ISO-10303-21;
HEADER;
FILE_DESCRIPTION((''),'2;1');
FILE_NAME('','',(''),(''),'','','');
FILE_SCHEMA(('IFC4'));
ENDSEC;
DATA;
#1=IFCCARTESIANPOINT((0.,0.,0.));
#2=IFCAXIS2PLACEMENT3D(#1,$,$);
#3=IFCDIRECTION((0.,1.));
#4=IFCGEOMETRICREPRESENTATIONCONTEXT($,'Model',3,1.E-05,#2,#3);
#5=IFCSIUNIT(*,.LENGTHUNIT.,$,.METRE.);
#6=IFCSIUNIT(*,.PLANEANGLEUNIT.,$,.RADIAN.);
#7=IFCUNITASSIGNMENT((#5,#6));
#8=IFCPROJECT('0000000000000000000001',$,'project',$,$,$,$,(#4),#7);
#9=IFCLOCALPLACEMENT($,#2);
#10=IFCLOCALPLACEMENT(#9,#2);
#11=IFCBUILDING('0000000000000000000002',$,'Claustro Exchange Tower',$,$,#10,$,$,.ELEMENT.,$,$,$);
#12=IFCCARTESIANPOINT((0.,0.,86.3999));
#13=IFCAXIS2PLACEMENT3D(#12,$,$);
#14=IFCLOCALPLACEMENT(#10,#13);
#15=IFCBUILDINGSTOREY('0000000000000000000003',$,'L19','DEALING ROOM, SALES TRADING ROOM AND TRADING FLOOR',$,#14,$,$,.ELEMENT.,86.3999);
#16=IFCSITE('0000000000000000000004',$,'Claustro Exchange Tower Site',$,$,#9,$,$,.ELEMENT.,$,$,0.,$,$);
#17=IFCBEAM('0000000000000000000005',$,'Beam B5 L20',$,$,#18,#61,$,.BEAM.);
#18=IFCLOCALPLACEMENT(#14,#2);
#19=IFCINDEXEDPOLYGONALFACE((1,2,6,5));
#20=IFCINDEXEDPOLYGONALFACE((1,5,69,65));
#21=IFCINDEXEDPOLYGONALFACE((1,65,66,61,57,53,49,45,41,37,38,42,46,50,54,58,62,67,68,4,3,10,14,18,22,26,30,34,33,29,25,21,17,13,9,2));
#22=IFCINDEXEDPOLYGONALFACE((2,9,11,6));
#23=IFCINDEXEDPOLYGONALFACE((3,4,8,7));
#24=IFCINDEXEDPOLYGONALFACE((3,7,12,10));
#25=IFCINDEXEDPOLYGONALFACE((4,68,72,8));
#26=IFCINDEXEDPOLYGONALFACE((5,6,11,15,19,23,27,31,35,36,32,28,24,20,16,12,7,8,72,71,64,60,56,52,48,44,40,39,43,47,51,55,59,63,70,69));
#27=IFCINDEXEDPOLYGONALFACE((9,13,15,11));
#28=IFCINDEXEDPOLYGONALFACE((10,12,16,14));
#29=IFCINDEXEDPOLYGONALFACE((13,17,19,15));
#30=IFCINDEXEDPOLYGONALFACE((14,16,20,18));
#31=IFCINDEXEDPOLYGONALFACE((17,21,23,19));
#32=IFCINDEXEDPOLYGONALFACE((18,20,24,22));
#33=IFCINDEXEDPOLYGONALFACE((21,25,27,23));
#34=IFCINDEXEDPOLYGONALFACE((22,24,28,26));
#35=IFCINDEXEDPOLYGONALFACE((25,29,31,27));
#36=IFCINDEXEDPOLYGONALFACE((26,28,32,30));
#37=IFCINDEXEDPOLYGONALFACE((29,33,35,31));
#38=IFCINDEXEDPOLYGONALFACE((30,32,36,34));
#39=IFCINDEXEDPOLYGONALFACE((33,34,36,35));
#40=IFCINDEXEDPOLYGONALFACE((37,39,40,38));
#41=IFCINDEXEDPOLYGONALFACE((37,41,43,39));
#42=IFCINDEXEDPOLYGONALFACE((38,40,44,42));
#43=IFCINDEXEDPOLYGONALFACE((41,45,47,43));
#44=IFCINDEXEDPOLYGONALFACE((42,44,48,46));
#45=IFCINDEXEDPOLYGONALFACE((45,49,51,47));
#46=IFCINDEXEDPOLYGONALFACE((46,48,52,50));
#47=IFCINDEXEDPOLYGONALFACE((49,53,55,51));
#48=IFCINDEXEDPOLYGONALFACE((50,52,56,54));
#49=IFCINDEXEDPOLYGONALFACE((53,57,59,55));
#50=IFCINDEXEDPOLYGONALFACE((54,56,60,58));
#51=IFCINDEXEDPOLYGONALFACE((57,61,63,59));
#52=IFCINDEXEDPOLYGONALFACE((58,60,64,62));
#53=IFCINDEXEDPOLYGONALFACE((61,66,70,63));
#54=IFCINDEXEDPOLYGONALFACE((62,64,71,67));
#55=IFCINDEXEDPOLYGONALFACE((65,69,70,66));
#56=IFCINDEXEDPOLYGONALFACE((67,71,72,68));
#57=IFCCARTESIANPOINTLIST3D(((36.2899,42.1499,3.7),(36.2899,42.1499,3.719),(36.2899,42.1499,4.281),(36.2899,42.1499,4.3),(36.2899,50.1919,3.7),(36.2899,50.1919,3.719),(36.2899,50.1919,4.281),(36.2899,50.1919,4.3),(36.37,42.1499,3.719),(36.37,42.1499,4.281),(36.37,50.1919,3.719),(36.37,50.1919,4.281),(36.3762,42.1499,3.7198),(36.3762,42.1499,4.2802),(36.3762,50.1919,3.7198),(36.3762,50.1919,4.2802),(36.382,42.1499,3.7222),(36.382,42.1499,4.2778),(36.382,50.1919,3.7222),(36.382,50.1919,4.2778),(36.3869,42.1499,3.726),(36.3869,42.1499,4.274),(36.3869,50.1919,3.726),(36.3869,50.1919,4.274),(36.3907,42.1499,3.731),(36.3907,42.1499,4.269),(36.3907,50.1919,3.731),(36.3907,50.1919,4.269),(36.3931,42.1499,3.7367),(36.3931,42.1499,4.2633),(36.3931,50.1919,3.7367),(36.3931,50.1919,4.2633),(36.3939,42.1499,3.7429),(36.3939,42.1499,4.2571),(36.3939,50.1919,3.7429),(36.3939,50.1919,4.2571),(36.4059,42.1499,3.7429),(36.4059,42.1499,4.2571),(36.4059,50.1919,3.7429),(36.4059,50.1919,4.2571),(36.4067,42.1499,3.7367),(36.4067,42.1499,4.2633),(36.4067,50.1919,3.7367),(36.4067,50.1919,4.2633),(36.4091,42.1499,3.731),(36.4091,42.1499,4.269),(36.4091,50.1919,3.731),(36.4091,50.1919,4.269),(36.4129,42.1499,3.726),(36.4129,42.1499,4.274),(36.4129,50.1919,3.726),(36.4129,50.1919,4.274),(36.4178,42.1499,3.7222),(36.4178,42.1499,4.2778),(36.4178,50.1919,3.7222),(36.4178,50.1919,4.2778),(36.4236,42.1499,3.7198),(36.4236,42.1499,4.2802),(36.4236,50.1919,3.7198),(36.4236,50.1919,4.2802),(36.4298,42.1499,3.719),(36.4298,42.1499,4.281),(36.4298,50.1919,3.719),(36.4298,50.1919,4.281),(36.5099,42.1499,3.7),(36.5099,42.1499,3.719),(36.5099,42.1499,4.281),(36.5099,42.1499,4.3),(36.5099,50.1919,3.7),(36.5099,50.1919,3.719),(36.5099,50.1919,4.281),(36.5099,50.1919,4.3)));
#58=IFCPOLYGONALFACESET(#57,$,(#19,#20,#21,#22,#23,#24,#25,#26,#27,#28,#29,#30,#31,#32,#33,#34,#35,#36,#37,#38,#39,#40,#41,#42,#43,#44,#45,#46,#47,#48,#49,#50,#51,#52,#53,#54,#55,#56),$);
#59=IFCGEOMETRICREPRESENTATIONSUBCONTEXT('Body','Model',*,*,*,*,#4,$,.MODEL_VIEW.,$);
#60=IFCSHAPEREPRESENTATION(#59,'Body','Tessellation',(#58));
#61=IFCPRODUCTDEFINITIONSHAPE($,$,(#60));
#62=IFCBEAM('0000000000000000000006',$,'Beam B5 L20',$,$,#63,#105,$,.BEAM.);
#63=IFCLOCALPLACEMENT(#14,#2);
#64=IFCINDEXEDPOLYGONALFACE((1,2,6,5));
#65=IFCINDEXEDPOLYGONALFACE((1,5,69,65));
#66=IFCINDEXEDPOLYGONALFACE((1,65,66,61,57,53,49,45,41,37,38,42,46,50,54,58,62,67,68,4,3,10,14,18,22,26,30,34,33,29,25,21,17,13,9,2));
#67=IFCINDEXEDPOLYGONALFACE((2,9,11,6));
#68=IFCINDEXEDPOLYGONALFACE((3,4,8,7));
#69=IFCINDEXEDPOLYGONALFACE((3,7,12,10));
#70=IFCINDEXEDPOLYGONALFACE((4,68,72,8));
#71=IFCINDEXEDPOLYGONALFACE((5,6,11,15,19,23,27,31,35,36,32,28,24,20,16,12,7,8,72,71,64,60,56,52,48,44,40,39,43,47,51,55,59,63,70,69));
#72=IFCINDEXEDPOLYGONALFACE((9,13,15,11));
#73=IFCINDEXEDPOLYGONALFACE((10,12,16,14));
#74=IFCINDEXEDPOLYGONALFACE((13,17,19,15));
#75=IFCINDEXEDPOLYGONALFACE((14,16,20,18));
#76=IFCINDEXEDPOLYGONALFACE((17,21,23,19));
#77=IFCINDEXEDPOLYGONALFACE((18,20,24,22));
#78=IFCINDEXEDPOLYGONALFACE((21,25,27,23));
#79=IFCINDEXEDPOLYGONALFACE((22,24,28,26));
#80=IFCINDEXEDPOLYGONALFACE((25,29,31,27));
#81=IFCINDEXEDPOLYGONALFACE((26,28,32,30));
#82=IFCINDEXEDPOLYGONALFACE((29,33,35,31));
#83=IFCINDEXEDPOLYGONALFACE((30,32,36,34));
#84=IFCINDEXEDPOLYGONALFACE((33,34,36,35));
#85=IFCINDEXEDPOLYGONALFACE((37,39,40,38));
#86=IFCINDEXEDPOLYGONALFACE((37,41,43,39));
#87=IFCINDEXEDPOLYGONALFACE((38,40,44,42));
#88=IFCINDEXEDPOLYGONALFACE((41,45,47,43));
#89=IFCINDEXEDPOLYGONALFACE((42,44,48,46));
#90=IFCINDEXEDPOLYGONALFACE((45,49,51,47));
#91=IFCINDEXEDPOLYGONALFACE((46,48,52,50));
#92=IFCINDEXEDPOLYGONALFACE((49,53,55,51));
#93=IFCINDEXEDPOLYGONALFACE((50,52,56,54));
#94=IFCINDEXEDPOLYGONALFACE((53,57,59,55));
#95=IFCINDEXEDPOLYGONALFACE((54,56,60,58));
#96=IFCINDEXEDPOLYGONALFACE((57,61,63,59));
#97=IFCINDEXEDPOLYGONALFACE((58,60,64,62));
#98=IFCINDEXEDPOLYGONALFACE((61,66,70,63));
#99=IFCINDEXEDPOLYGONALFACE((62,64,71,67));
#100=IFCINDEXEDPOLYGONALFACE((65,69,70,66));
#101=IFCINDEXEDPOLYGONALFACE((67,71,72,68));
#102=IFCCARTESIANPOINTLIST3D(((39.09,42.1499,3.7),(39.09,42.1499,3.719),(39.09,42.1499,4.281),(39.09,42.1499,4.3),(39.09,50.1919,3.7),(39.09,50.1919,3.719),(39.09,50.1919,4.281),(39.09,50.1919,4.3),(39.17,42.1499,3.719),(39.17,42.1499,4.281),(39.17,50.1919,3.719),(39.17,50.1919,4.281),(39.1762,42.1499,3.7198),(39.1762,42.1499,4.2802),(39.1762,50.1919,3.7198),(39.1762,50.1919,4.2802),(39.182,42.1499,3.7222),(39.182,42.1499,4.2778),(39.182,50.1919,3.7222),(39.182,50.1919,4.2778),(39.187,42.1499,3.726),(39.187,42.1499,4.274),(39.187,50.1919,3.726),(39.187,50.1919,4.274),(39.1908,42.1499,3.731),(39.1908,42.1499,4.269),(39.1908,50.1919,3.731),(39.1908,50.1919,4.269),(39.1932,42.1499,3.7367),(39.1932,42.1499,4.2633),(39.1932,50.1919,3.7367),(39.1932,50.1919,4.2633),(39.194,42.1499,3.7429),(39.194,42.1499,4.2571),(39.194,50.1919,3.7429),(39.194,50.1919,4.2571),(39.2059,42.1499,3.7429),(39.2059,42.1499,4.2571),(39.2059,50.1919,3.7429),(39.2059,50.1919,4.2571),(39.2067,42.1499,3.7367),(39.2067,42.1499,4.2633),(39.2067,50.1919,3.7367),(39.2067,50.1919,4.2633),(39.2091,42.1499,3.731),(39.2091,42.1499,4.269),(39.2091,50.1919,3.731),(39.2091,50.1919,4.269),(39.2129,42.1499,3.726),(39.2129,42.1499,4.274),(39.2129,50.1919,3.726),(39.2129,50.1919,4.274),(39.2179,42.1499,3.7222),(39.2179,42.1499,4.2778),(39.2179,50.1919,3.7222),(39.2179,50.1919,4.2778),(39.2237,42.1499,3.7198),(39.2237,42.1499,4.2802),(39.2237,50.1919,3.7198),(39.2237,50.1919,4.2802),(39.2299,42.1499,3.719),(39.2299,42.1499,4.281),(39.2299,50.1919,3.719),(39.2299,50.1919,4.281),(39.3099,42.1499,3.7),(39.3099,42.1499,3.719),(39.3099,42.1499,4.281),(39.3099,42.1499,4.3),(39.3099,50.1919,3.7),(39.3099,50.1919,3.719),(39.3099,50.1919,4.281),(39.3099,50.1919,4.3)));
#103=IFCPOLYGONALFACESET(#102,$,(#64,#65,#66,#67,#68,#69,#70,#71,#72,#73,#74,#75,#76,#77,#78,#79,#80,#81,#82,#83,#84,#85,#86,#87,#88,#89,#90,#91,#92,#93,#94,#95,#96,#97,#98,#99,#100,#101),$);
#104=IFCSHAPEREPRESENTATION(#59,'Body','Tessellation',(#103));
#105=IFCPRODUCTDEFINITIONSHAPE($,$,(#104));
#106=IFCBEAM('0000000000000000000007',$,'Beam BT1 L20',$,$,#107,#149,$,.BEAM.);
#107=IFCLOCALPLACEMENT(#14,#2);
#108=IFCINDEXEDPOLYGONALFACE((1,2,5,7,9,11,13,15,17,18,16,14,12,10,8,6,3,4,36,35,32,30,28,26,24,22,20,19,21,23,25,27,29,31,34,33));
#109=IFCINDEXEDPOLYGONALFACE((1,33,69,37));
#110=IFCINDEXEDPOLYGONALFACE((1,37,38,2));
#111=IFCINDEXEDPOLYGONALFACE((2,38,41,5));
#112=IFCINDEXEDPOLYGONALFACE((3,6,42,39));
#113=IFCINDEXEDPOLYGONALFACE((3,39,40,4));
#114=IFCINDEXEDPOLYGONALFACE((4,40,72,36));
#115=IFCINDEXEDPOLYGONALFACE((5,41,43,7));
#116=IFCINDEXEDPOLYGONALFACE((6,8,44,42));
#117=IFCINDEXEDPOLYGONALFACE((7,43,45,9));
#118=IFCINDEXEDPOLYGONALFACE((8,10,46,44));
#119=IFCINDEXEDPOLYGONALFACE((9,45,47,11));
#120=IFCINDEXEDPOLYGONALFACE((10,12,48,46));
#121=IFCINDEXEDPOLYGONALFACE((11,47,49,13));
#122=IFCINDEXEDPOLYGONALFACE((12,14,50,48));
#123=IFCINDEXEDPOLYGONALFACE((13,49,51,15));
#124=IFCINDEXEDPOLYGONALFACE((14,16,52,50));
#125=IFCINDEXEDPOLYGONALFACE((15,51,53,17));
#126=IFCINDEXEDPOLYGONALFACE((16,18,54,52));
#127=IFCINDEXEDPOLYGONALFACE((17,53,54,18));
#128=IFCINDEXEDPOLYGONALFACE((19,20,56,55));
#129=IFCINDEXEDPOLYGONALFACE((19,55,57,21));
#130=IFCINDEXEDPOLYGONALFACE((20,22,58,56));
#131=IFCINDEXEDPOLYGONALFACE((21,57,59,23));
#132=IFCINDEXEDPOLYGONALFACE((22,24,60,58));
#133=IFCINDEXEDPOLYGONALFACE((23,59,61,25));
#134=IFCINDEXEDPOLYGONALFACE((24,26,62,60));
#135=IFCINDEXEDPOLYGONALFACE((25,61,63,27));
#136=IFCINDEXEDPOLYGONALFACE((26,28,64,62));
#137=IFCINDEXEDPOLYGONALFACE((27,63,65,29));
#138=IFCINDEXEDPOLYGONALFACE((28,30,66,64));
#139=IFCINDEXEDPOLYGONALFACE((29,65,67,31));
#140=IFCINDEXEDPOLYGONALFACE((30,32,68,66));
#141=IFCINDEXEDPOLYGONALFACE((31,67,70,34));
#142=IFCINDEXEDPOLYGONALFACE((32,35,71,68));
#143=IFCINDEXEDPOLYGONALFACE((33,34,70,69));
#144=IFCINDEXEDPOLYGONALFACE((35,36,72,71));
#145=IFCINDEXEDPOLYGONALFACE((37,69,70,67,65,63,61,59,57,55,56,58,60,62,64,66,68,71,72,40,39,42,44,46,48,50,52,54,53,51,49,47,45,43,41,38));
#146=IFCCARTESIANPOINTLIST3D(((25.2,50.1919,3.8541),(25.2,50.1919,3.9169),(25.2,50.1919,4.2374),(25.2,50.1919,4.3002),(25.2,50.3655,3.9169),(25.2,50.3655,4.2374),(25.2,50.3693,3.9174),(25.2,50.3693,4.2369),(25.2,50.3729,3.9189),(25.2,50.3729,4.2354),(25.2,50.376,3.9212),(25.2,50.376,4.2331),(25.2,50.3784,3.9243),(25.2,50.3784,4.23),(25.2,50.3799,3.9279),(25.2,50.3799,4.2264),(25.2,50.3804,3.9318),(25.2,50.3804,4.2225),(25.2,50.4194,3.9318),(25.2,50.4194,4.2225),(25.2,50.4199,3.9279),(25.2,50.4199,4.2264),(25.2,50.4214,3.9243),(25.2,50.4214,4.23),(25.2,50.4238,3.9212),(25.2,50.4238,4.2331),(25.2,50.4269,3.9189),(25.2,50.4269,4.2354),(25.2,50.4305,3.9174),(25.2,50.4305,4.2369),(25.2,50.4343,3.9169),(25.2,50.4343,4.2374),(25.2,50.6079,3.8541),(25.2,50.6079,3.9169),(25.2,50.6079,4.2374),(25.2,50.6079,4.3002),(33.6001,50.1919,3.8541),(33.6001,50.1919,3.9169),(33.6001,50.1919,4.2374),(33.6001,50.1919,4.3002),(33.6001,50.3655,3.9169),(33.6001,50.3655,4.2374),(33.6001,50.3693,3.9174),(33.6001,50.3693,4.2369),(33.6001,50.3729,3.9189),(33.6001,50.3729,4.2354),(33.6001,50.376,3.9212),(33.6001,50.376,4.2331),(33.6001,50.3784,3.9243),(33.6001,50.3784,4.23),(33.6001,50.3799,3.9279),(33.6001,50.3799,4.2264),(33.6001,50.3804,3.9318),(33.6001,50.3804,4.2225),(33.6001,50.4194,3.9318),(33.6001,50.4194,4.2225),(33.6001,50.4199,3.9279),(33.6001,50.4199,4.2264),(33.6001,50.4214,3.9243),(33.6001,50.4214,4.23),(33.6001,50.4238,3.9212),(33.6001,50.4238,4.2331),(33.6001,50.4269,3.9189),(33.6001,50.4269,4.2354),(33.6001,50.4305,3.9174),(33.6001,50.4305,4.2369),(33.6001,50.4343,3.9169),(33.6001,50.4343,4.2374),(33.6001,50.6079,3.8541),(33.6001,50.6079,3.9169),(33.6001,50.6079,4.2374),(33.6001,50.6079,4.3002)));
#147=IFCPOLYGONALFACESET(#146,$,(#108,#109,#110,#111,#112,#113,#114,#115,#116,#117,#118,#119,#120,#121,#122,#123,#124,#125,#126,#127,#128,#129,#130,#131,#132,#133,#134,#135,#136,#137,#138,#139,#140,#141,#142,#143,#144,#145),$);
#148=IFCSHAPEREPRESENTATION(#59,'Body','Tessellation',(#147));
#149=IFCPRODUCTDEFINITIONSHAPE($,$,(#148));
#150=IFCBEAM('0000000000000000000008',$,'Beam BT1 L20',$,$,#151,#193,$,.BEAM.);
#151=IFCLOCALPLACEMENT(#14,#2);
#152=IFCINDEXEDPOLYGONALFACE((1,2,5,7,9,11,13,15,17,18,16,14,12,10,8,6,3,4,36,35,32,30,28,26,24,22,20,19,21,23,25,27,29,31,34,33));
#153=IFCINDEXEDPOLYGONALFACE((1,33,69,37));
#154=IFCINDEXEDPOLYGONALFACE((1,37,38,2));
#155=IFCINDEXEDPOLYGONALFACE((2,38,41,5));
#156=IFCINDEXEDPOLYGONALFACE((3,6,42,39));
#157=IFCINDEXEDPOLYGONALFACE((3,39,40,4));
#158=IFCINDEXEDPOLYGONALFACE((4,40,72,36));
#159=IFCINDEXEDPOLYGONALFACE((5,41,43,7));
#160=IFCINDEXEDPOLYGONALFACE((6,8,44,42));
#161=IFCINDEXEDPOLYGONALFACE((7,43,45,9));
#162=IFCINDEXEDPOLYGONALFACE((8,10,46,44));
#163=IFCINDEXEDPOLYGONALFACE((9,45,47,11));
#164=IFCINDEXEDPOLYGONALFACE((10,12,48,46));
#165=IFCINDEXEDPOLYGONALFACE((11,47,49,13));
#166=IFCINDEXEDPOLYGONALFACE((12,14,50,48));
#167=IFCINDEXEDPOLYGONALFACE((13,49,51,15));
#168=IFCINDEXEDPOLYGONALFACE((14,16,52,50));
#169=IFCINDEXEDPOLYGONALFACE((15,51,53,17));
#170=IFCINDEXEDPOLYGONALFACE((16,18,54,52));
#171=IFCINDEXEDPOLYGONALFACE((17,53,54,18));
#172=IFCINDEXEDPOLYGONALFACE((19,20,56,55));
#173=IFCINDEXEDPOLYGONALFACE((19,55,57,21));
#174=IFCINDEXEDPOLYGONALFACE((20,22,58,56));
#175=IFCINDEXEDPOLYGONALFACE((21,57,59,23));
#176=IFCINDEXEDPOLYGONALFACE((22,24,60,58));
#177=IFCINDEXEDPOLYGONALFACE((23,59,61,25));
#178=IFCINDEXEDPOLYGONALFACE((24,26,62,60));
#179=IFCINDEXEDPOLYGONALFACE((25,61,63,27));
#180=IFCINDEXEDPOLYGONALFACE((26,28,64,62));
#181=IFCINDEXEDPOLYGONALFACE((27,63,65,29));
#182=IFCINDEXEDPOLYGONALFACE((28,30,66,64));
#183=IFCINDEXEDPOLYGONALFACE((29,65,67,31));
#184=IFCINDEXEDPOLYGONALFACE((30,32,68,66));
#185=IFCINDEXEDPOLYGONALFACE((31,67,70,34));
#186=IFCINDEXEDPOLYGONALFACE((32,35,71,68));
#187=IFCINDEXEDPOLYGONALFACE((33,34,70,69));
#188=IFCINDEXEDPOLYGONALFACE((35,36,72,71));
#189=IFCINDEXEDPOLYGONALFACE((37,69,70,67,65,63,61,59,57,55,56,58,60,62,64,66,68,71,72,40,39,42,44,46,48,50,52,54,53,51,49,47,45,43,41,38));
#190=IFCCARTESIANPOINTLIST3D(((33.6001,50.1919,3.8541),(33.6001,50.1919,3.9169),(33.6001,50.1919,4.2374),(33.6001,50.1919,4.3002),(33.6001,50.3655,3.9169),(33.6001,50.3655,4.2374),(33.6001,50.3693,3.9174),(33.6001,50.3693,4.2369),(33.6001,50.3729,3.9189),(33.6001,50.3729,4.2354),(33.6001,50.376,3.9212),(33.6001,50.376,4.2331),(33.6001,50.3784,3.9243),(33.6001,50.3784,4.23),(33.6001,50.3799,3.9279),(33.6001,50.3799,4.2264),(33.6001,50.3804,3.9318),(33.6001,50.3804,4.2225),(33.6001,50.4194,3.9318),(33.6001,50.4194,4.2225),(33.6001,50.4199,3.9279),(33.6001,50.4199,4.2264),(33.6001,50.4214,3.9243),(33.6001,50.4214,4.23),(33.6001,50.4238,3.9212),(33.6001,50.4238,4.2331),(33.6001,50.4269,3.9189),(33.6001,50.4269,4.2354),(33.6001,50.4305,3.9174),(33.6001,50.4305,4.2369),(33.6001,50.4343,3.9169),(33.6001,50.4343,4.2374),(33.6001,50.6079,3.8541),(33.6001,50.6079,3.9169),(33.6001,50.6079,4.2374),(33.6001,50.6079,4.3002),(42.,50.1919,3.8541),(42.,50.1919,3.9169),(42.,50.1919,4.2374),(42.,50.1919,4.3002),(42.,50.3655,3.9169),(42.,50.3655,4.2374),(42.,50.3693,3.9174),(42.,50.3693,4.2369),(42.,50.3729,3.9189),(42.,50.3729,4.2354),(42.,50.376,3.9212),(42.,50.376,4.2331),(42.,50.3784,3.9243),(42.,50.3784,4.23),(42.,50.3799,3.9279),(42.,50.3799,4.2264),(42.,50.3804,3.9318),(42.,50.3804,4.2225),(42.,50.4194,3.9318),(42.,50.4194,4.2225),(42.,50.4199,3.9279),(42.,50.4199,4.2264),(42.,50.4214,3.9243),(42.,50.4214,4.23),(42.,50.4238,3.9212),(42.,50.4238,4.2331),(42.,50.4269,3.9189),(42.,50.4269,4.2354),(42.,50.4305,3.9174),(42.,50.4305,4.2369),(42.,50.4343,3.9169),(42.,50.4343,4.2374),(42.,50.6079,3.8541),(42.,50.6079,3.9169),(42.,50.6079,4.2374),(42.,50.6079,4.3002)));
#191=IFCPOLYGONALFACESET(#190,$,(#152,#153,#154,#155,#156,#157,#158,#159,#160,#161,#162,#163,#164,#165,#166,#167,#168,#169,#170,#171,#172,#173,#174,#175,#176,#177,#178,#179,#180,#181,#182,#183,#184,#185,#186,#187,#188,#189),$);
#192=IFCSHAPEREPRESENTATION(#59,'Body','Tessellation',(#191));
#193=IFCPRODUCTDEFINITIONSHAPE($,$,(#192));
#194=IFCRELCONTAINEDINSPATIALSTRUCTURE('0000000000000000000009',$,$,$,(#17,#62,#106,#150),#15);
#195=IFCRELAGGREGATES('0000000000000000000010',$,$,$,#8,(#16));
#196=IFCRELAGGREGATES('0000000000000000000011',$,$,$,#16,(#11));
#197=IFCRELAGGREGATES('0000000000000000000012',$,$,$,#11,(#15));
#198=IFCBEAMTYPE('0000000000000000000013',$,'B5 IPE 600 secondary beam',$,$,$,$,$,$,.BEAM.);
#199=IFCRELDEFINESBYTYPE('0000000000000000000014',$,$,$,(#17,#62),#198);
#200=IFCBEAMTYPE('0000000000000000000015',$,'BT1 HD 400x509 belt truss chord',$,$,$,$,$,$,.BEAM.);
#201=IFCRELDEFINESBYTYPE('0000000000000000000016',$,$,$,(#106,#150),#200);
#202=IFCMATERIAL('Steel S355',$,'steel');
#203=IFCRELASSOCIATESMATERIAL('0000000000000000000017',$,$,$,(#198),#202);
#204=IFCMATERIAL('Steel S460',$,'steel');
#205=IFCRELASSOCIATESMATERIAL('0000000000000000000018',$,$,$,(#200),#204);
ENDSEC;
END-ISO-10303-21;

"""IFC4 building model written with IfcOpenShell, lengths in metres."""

from ifc_helpers import new_model, si_unit, direction, frame, origin, origin_2d, place, context, subcontext, project, spatial, i_section, extrude, material, material_profile, profile_set, type_object, element, save


model = new_model("IFC4")

# Units and contexts
model_context = context("Model", 3, precision=1e-05, world=origin(), true_north=direction((0.0, 1.0)))
body_context = subcontext(model_context, "Body", "Model", "MODEL_VIEW")
ifc_project = project(units=[si_unit("LENGTHUNIT", "METRE"), si_unit("PLANEANGLEUNIT", "RADIAN")], contexts=[model_context])

# Site, building, storey
site_placement = place(None, origin())
site = spatial("IfcSite", under=ifc_project, at=site_placement, Name="Claustro Exchange Tower Site", CompositionType="ELEMENT", RefElevation=0.0)
building_placement = place(site_placement, origin())
building = spatial("IfcBuilding", under=site, at=building_placement, Name="Claustro Exchange Tower", CompositionType="ELEMENT")
storey_placement = place(building_placement, frame((0.0, 0.0, 86.3999)))
storey = spatial("IfcBuildingStorey", under=building, at=storey_placement, Name="L19", Description="DEALING ROOM, SALES TRADING ROOM AND TRADING FLOOR", CompositionType="ELEMENT", Elevation=86.3999)

# Beams
ifc_material_1 = material(Name="Steel S355", Category="steel")
ifc_material_profile_1 = material_profile(ifc_material_1, i_section(OverallWidth=0.22, OverallDepth=0.6001, WebThickness=0.012, FlangeThickness=0.019, FilletRadius=0.0239, at=origin_2d()), Name="IPE 600")
ifc_profile_set_1 = profile_set([ifc_material_profile_1], Name="Steel S355")
beam_type_1 = type_object("IfcBeamType", Name="B5 IPE 600 secondary beam", PredefinedType="BEAM", material=ifc_profile_set_1)
for number, where, z_axis, x_axis, name in (
    (1, (36.3999, 42.1499, 4.0), (0.0, 1.0, 0.0), (-1.0, 0.0, 0.0), "Beam B5 L20"),
    (2, (39.2, 42.1499, 4.0), (0.0, 1.0, 0.0), (-1.0, 0.0, 0.0), "Beam B5 L20"),
):
    element("IfcBeam", number, at=place(storey_placement, frame(where, z_axis=z_axis, x_axis=x_axis)), inside=storey, type_object=beam_type_1, Name=name, PredefinedType="BEAM", context=body_context, shape_type="SweptSolid", body=[
        extrude(i_section(OverallWidth=0.22, OverallDepth=0.6001, WebThickness=0.012, FlangeThickness=0.019, FilletRadius=0.0239, at=origin_2d()), origin(), (0.0, 0.0, 1.0), 8.042),
    ])
ifc_material_2 = material(Name="Steel S460", Category="steel")
ifc_material_profile_2 = material_profile(ifc_material_2, i_section(OverallWidth=0.416, OverallDepth=0.446, WebThickness=0.0391, FlangeThickness=0.0627, FilletRadius=0.0149, at=origin_2d()), Name="HD 400x509")
ifc_profile_set_2 = profile_set([ifc_material_profile_2], Name="Steel S460")
beam_type_2 = type_object("IfcBeamType", Name="BT1 HD 400x509 belt truss chord", PredefinedType="BEAM", material=ifc_profile_set_2)
beam_1_placement = place(storey_placement, frame((25.2, 50.3999, 4.0771), z_axis=(1.0, 0.0, 0.0), x_axis=(0.0, 1.0, 0.0)))
element("IfcBeam", 3, at=beam_1_placement, inside=storey, type_object=beam_type_2, Name="Beam BT1 L20", PredefinedType="BEAM", context=body_context, shape_type="SweptSolid", body=[
    extrude(i_section(OverallWidth=0.416, OverallDepth=0.446, WebThickness=0.0391, FlangeThickness=0.0627, FilletRadius=0.0149, at=origin_2d()), origin(), (0.0, 0.0, 1.0), 8.4001),
])
beam_2_placement = place(storey_placement, frame((33.6001, 50.3999, 4.0771), z_axis=(1.0, 0.0, 0.0), x_axis=(0.0, 1.0, 0.0)))
element("IfcBeam", 4, at=beam_2_placement, inside=storey, type_object=beam_type_2, Name="Beam BT1 L20", PredefinedType="BEAM", context=body_context, shape_type="SweptSolid", body=[
    extrude(i_section(OverallWidth=0.416, OverallDepth=0.446, WebThickness=0.0391, FlangeThickness=0.0627, FilletRadius=0.0149, at=origin_2d()), origin(), (0.0, 0.0, 1.0), 8.3999),
])

save(model, "model.ifc")
